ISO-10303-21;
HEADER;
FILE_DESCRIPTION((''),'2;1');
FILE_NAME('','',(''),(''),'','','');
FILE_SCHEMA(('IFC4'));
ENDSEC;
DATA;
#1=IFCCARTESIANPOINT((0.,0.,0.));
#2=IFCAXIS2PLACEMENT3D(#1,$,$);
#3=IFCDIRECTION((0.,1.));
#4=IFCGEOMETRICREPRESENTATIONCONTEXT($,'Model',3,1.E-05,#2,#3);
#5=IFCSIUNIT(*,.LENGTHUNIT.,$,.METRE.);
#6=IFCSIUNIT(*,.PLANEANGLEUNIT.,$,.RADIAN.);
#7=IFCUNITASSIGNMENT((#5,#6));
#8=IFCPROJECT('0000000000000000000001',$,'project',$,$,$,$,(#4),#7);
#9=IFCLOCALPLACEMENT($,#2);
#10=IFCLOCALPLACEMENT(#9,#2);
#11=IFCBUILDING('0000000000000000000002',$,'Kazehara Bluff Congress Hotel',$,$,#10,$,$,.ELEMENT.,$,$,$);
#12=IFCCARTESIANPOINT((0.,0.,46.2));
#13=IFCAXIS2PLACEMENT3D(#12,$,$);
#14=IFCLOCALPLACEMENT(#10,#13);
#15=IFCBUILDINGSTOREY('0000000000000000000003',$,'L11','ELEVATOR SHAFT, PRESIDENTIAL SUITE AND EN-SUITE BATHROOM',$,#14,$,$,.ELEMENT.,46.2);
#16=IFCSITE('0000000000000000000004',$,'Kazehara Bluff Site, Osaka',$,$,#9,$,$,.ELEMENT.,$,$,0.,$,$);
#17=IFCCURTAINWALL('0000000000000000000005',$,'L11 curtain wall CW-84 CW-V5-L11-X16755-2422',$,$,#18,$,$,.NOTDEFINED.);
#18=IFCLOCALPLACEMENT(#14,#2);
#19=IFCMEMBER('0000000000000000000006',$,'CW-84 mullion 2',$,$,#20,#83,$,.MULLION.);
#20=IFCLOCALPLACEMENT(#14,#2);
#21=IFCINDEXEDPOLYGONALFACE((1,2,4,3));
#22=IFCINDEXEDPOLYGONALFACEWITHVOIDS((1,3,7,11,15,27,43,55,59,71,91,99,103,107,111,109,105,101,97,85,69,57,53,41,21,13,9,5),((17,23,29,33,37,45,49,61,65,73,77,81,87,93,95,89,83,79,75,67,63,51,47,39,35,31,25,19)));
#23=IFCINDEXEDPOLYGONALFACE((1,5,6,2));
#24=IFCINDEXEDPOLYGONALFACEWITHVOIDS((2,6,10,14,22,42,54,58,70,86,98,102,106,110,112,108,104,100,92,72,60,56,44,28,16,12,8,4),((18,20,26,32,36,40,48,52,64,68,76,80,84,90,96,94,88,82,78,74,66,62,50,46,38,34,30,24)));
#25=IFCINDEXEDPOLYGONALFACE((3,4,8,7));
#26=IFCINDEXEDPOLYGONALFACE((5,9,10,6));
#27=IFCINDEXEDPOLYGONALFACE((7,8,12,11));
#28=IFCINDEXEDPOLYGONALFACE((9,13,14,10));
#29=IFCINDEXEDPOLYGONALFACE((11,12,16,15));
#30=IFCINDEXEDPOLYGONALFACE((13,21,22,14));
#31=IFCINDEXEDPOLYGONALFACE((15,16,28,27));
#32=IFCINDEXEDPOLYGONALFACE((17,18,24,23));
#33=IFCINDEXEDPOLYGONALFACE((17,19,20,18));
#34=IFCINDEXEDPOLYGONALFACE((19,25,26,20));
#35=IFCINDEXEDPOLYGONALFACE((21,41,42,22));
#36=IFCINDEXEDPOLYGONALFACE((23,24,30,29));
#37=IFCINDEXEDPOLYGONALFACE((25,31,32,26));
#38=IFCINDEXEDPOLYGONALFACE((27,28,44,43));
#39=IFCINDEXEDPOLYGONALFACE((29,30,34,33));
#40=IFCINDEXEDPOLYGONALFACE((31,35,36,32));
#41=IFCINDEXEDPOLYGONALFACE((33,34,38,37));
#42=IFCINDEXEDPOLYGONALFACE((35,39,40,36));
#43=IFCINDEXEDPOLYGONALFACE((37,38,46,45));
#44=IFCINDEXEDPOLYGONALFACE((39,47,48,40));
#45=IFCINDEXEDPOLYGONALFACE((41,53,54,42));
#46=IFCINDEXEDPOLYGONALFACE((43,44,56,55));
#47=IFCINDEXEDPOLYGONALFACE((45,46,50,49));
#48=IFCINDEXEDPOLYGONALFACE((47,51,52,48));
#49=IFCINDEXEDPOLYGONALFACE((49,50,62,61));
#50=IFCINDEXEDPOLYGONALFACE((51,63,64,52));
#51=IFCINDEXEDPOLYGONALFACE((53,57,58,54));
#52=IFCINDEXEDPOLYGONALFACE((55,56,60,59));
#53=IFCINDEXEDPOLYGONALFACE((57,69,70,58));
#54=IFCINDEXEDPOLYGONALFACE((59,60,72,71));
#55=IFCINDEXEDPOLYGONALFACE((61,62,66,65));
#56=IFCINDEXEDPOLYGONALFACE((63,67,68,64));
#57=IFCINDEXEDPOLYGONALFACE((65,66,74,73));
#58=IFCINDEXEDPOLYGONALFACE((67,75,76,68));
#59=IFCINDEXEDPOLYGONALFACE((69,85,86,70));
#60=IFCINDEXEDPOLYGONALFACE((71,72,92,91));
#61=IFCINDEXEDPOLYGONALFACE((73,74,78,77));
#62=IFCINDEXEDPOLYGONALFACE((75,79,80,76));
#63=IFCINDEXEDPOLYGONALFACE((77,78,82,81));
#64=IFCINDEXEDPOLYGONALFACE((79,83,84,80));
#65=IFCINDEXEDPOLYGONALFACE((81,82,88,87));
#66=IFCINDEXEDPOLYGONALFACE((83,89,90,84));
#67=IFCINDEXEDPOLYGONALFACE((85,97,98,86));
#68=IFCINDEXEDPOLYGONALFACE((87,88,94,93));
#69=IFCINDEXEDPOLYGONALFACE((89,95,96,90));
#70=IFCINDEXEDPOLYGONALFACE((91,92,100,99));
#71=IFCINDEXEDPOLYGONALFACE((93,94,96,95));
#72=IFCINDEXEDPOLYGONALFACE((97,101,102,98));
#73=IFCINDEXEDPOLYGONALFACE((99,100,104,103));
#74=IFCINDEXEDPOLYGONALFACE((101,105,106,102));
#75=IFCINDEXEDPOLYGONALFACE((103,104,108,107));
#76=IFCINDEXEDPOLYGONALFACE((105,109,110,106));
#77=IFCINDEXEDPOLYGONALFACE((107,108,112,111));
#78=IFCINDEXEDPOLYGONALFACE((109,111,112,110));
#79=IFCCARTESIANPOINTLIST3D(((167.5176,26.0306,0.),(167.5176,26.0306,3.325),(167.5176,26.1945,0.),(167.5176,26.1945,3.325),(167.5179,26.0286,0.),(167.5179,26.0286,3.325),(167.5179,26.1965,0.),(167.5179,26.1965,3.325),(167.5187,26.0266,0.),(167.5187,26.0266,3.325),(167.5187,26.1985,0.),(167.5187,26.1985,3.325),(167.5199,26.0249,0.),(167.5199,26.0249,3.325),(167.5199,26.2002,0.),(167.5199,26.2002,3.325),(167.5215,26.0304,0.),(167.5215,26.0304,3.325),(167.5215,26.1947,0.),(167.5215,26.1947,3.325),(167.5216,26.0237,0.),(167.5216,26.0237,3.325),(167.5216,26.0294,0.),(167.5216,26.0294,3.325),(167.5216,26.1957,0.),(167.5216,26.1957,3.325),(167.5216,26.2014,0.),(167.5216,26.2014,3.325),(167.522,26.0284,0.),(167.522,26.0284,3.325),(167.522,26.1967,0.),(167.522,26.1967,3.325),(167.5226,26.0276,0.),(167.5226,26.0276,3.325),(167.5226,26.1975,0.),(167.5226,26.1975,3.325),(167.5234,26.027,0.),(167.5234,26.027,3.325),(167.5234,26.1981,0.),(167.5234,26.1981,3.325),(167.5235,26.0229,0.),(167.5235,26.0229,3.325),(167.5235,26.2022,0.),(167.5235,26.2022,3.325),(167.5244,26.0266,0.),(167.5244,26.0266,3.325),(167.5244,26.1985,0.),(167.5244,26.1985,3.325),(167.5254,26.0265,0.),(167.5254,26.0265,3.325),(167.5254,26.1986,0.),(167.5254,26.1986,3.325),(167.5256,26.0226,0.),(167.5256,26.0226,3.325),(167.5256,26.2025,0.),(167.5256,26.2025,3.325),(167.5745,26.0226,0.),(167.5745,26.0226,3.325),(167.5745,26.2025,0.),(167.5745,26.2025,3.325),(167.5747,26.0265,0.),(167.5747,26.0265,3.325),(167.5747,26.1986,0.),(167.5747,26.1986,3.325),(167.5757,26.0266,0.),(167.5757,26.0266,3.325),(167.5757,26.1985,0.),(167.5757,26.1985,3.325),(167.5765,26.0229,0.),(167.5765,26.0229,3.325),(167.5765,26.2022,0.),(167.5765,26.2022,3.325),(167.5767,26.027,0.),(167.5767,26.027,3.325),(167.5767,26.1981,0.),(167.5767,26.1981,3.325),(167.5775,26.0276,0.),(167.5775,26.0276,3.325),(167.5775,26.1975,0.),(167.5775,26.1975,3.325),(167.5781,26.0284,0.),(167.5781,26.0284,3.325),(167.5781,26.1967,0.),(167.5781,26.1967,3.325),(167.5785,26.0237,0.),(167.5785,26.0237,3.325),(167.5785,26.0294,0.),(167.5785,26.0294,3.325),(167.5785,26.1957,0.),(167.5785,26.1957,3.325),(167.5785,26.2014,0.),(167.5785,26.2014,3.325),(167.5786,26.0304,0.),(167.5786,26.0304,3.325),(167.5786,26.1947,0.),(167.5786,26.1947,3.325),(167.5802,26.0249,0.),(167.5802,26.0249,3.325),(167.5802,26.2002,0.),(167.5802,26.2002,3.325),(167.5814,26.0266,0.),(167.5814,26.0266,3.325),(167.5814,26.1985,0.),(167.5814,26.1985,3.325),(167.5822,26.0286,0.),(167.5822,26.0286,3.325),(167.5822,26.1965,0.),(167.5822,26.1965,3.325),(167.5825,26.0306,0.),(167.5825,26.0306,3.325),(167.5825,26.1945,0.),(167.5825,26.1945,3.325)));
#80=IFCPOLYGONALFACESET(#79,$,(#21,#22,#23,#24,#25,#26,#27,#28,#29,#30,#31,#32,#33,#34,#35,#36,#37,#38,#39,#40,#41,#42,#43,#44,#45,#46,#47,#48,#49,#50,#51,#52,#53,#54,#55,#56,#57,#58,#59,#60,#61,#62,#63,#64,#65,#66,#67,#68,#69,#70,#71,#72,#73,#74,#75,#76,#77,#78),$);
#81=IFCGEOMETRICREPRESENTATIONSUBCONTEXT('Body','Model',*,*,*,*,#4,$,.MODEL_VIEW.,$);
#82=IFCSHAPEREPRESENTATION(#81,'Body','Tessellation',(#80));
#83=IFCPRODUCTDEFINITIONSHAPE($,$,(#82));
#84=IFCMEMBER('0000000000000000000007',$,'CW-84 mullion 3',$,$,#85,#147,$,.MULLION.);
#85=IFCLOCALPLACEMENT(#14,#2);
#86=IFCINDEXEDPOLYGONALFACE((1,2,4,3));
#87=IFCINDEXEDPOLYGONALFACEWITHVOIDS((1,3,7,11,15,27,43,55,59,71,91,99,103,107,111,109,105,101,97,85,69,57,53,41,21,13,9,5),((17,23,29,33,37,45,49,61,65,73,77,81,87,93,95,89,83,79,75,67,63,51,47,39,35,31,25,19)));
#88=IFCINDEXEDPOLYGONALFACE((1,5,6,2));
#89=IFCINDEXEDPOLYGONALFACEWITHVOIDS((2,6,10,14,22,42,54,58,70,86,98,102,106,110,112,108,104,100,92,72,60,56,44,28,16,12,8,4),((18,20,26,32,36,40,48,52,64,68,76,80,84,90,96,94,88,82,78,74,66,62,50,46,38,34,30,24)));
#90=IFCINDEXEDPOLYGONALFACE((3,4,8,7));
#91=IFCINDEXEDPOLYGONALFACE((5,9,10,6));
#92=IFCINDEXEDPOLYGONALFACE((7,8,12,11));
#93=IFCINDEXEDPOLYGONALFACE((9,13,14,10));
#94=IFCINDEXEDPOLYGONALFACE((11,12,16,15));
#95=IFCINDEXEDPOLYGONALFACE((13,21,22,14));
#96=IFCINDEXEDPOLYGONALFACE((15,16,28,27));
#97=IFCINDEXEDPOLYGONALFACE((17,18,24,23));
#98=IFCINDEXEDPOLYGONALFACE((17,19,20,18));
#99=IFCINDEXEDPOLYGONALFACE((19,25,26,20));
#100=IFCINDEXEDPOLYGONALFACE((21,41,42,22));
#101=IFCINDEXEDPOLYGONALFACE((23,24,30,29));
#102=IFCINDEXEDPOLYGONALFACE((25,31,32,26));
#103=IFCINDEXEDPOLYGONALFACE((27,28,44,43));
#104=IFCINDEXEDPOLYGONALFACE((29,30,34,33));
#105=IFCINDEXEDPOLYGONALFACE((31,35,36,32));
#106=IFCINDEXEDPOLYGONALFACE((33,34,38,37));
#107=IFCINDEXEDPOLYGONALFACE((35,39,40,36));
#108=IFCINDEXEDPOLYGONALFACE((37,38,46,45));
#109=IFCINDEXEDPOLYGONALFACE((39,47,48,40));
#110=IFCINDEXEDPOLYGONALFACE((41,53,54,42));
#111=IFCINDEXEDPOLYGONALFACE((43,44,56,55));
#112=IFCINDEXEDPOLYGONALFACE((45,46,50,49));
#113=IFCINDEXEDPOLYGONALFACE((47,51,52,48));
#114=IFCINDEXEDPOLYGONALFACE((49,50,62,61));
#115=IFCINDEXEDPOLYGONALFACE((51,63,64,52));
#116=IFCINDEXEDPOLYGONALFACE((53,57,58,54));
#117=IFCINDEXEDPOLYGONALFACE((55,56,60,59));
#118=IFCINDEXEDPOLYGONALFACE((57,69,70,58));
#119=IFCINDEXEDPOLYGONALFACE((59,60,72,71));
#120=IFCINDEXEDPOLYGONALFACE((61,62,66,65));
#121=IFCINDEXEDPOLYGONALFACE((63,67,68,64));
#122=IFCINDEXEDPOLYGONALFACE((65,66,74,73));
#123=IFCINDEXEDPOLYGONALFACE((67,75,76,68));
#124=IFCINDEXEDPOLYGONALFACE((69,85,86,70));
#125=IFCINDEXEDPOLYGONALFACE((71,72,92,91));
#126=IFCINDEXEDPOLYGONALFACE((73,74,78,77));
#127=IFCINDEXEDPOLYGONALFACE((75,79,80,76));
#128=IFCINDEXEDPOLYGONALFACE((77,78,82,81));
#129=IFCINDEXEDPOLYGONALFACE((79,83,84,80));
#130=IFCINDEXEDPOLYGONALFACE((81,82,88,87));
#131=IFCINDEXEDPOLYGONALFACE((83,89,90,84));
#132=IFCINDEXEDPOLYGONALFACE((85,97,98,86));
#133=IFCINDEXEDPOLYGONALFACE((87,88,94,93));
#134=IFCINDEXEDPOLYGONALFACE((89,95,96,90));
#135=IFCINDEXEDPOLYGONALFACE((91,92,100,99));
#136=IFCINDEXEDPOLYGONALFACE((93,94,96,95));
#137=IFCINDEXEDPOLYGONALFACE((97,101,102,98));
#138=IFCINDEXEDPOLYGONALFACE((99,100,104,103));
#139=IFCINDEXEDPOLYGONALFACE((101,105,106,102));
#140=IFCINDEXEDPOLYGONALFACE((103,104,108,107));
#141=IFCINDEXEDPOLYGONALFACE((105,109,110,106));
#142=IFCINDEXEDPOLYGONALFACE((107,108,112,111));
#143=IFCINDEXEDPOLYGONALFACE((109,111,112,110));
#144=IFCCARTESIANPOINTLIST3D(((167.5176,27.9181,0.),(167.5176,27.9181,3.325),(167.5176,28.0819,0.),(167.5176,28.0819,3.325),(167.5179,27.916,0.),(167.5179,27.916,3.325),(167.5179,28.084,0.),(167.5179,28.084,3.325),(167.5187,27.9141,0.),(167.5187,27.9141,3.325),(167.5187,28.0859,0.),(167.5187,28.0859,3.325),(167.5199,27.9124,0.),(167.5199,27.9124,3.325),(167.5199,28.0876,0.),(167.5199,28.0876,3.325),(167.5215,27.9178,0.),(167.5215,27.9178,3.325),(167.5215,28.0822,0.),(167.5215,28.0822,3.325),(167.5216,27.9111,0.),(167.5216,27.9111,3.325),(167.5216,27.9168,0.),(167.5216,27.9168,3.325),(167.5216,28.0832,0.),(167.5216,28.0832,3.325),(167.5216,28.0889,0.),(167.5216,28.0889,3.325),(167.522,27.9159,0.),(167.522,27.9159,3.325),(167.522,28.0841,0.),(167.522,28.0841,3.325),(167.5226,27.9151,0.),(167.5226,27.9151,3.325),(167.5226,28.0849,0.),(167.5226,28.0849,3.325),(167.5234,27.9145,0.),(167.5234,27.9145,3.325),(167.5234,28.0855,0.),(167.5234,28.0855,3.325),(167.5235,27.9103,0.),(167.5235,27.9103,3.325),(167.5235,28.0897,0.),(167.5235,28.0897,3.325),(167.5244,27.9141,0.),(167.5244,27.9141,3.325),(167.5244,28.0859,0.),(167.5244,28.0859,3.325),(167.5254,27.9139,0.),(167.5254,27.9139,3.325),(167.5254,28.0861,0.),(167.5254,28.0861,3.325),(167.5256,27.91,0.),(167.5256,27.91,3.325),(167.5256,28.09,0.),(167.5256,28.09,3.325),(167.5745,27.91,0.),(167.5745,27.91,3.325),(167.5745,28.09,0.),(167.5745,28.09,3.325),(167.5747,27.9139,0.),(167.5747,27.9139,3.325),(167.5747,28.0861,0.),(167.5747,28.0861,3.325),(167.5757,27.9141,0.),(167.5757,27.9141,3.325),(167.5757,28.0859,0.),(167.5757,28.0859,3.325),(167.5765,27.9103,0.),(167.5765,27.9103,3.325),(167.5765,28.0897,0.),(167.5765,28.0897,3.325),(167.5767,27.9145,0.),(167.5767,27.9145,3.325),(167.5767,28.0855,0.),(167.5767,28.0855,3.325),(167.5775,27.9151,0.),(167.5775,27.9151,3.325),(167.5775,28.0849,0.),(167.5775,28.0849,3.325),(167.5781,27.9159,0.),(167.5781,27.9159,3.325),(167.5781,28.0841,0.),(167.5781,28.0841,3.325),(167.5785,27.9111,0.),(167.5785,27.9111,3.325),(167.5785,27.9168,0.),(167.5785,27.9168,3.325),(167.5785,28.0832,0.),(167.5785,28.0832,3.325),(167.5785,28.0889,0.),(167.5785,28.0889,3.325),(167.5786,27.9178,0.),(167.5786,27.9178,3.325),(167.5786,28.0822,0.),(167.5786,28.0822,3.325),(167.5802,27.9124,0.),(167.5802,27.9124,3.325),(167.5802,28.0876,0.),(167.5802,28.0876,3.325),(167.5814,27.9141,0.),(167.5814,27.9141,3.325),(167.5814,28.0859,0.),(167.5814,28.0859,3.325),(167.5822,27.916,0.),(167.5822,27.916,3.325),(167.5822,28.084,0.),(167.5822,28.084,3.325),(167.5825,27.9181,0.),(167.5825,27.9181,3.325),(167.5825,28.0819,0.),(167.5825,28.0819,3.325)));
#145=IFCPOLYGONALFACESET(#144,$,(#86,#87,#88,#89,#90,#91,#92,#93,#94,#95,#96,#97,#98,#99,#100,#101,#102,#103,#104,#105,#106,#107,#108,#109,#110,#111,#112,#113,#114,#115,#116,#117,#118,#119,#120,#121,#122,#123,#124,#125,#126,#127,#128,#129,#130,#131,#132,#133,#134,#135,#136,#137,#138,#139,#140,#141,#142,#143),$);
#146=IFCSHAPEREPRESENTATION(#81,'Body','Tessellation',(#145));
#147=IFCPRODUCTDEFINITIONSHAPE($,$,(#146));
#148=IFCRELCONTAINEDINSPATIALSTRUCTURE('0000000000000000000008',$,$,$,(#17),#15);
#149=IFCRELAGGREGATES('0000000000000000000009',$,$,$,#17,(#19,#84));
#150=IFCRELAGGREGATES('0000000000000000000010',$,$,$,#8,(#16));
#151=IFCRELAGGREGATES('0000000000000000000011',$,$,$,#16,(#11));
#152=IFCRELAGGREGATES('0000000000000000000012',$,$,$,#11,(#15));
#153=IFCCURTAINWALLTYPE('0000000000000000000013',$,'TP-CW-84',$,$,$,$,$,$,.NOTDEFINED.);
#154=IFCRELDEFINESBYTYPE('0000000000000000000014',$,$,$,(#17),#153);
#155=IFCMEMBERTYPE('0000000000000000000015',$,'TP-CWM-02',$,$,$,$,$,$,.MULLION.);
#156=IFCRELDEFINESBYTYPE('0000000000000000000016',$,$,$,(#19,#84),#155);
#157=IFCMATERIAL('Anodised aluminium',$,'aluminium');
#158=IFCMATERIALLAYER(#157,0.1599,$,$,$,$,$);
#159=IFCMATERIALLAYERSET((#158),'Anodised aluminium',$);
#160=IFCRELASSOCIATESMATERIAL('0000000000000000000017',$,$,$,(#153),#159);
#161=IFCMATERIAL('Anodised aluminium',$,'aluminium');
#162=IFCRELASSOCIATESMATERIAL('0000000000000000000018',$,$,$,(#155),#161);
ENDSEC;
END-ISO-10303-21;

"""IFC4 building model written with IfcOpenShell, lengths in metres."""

from ifc_helpers import new_model, si_unit, direction, frame, origin, origin_2d, place, context, subcontext, project, spatial, hollow_rectangle, extrude, material, layer, layer_set, material_profile, profile_set, type_object, element, aggregate, save


model = new_model("IFC4")

# Units and contexts
model_context = context("Model", 3, precision=1e-05, world=origin(), true_north=direction((0.0, 1.0)))
body_context = subcontext(model_context, "Body", "Model", "MODEL_VIEW")
ifc_project = project(units=[si_unit("LENGTHUNIT", "METRE"), si_unit("PLANEANGLEUNIT", "RADIAN")], contexts=[model_context])

# Site, building, storey
site_placement = place(None, origin())
site = spatial("IfcSite", under=ifc_project, at=site_placement, Name="Kazehara Bluff Site, Osaka", CompositionType="ELEMENT", RefElevation=0.0)
building_placement = place(site_placement, origin())
building = spatial("IfcBuilding", under=site, at=building_placement, Name="Kazehara Bluff Congress Hotel", CompositionType="ELEMENT")
storey_placement = place(building_placement, frame((0.0, 0.0, 46.2)))
storey = spatial("IfcBuildingStorey", under=building, at=storey_placement, Name="L11", Description="ELEVATOR SHAFT, PRESIDENTIAL SUITE AND EN-SUITE BATHROOM", CompositionType="ELEMENT", Elevation=46.2)

# Curtain wall, members
ifc_material_1 = material(Name="Anodised aluminium", Category="aluminium")
ifc_layer_1 = layer(ifc_material_1, 0.1599)
ifc_layer_set_1 = layer_set([ifc_layer_1], Name="Anodised aluminium")
curtain_wall_type = type_object("IfcCurtainWallType", Name="TP-CW-84", PredefinedType="NOTDEFINED", material=ifc_layer_set_1)
curtain_wall_placement = place(storey_placement, origin())
curtain_wall = element("IfcCurtainWall", 1, at=curtain_wall_placement, inside=storey, type_object=curtain_wall_type, Name="L11 curtain wall CW-84 CW-V5-L11-X16755-2422", PredefinedType="NOTDEFINED")
ifc_material_2 = material(Name="Anodised aluminium", Category="aluminium")
ifc_material_profile_1 = material_profile(ifc_material_2, hollow_rectangle(XDim=0.0649, YDim=0.1799, WallThickness=0.0039, InnerFilletRadius=0.0039, OuterFilletRadius=0.0081, at=origin_2d()))
ifc_profile_set_1 = profile_set([ifc_material_profile_1], Name="Anodised aluminium")
member_type_1 = type_object("IfcMemberType", Name="TP-CWM-02", PredefinedType="MULLION", material=ifc_profile_set_1)
member_1_placement = place(storey_placement, frame((167.55, 26.1125, 0.0), z_axis=(0.0, 0.0, 1.0), x_axis=(-1.0, 0.0, 0.0)))
member_1 = element("IfcMember", 2, at=member_1_placement, type_object=member_type_1, Name="CW-84 mullion 2", PredefinedType="MULLION", context=body_context, shape_type="SweptSolid", body=[
    extrude(hollow_rectangle(XDim=0.0649, YDim=0.1799, WallThickness=0.0039, InnerFilletRadius=0.0039, OuterFilletRadius=0.0081, at=origin_2d()), origin(), (0.0, 0.0, 1.0), 3.325),
])
member_2_placement = place(storey_placement, frame((167.55, 28.0, 0.0), z_axis=(0.0, 0.0, 1.0), x_axis=(-1.0, 0.0, 0.0)))
member_2 = element("IfcMember", 3, at=member_2_placement, type_object=member_type_1, Name="CW-84 mullion 3", PredefinedType="MULLION", context=body_context, shape_type="SweptSolid", body=[
    extrude(hollow_rectangle(XDim=0.0649, YDim=0.1799, WallThickness=0.0039, InnerFilletRadius=0.0039, OuterFilletRadius=0.0081, at=origin_2d()), origin(), (0.0, 0.0, 1.0), 3.325),
])

aggregate(curtain_wall, [member_1, member_2])

save(model, "model.ifc")
